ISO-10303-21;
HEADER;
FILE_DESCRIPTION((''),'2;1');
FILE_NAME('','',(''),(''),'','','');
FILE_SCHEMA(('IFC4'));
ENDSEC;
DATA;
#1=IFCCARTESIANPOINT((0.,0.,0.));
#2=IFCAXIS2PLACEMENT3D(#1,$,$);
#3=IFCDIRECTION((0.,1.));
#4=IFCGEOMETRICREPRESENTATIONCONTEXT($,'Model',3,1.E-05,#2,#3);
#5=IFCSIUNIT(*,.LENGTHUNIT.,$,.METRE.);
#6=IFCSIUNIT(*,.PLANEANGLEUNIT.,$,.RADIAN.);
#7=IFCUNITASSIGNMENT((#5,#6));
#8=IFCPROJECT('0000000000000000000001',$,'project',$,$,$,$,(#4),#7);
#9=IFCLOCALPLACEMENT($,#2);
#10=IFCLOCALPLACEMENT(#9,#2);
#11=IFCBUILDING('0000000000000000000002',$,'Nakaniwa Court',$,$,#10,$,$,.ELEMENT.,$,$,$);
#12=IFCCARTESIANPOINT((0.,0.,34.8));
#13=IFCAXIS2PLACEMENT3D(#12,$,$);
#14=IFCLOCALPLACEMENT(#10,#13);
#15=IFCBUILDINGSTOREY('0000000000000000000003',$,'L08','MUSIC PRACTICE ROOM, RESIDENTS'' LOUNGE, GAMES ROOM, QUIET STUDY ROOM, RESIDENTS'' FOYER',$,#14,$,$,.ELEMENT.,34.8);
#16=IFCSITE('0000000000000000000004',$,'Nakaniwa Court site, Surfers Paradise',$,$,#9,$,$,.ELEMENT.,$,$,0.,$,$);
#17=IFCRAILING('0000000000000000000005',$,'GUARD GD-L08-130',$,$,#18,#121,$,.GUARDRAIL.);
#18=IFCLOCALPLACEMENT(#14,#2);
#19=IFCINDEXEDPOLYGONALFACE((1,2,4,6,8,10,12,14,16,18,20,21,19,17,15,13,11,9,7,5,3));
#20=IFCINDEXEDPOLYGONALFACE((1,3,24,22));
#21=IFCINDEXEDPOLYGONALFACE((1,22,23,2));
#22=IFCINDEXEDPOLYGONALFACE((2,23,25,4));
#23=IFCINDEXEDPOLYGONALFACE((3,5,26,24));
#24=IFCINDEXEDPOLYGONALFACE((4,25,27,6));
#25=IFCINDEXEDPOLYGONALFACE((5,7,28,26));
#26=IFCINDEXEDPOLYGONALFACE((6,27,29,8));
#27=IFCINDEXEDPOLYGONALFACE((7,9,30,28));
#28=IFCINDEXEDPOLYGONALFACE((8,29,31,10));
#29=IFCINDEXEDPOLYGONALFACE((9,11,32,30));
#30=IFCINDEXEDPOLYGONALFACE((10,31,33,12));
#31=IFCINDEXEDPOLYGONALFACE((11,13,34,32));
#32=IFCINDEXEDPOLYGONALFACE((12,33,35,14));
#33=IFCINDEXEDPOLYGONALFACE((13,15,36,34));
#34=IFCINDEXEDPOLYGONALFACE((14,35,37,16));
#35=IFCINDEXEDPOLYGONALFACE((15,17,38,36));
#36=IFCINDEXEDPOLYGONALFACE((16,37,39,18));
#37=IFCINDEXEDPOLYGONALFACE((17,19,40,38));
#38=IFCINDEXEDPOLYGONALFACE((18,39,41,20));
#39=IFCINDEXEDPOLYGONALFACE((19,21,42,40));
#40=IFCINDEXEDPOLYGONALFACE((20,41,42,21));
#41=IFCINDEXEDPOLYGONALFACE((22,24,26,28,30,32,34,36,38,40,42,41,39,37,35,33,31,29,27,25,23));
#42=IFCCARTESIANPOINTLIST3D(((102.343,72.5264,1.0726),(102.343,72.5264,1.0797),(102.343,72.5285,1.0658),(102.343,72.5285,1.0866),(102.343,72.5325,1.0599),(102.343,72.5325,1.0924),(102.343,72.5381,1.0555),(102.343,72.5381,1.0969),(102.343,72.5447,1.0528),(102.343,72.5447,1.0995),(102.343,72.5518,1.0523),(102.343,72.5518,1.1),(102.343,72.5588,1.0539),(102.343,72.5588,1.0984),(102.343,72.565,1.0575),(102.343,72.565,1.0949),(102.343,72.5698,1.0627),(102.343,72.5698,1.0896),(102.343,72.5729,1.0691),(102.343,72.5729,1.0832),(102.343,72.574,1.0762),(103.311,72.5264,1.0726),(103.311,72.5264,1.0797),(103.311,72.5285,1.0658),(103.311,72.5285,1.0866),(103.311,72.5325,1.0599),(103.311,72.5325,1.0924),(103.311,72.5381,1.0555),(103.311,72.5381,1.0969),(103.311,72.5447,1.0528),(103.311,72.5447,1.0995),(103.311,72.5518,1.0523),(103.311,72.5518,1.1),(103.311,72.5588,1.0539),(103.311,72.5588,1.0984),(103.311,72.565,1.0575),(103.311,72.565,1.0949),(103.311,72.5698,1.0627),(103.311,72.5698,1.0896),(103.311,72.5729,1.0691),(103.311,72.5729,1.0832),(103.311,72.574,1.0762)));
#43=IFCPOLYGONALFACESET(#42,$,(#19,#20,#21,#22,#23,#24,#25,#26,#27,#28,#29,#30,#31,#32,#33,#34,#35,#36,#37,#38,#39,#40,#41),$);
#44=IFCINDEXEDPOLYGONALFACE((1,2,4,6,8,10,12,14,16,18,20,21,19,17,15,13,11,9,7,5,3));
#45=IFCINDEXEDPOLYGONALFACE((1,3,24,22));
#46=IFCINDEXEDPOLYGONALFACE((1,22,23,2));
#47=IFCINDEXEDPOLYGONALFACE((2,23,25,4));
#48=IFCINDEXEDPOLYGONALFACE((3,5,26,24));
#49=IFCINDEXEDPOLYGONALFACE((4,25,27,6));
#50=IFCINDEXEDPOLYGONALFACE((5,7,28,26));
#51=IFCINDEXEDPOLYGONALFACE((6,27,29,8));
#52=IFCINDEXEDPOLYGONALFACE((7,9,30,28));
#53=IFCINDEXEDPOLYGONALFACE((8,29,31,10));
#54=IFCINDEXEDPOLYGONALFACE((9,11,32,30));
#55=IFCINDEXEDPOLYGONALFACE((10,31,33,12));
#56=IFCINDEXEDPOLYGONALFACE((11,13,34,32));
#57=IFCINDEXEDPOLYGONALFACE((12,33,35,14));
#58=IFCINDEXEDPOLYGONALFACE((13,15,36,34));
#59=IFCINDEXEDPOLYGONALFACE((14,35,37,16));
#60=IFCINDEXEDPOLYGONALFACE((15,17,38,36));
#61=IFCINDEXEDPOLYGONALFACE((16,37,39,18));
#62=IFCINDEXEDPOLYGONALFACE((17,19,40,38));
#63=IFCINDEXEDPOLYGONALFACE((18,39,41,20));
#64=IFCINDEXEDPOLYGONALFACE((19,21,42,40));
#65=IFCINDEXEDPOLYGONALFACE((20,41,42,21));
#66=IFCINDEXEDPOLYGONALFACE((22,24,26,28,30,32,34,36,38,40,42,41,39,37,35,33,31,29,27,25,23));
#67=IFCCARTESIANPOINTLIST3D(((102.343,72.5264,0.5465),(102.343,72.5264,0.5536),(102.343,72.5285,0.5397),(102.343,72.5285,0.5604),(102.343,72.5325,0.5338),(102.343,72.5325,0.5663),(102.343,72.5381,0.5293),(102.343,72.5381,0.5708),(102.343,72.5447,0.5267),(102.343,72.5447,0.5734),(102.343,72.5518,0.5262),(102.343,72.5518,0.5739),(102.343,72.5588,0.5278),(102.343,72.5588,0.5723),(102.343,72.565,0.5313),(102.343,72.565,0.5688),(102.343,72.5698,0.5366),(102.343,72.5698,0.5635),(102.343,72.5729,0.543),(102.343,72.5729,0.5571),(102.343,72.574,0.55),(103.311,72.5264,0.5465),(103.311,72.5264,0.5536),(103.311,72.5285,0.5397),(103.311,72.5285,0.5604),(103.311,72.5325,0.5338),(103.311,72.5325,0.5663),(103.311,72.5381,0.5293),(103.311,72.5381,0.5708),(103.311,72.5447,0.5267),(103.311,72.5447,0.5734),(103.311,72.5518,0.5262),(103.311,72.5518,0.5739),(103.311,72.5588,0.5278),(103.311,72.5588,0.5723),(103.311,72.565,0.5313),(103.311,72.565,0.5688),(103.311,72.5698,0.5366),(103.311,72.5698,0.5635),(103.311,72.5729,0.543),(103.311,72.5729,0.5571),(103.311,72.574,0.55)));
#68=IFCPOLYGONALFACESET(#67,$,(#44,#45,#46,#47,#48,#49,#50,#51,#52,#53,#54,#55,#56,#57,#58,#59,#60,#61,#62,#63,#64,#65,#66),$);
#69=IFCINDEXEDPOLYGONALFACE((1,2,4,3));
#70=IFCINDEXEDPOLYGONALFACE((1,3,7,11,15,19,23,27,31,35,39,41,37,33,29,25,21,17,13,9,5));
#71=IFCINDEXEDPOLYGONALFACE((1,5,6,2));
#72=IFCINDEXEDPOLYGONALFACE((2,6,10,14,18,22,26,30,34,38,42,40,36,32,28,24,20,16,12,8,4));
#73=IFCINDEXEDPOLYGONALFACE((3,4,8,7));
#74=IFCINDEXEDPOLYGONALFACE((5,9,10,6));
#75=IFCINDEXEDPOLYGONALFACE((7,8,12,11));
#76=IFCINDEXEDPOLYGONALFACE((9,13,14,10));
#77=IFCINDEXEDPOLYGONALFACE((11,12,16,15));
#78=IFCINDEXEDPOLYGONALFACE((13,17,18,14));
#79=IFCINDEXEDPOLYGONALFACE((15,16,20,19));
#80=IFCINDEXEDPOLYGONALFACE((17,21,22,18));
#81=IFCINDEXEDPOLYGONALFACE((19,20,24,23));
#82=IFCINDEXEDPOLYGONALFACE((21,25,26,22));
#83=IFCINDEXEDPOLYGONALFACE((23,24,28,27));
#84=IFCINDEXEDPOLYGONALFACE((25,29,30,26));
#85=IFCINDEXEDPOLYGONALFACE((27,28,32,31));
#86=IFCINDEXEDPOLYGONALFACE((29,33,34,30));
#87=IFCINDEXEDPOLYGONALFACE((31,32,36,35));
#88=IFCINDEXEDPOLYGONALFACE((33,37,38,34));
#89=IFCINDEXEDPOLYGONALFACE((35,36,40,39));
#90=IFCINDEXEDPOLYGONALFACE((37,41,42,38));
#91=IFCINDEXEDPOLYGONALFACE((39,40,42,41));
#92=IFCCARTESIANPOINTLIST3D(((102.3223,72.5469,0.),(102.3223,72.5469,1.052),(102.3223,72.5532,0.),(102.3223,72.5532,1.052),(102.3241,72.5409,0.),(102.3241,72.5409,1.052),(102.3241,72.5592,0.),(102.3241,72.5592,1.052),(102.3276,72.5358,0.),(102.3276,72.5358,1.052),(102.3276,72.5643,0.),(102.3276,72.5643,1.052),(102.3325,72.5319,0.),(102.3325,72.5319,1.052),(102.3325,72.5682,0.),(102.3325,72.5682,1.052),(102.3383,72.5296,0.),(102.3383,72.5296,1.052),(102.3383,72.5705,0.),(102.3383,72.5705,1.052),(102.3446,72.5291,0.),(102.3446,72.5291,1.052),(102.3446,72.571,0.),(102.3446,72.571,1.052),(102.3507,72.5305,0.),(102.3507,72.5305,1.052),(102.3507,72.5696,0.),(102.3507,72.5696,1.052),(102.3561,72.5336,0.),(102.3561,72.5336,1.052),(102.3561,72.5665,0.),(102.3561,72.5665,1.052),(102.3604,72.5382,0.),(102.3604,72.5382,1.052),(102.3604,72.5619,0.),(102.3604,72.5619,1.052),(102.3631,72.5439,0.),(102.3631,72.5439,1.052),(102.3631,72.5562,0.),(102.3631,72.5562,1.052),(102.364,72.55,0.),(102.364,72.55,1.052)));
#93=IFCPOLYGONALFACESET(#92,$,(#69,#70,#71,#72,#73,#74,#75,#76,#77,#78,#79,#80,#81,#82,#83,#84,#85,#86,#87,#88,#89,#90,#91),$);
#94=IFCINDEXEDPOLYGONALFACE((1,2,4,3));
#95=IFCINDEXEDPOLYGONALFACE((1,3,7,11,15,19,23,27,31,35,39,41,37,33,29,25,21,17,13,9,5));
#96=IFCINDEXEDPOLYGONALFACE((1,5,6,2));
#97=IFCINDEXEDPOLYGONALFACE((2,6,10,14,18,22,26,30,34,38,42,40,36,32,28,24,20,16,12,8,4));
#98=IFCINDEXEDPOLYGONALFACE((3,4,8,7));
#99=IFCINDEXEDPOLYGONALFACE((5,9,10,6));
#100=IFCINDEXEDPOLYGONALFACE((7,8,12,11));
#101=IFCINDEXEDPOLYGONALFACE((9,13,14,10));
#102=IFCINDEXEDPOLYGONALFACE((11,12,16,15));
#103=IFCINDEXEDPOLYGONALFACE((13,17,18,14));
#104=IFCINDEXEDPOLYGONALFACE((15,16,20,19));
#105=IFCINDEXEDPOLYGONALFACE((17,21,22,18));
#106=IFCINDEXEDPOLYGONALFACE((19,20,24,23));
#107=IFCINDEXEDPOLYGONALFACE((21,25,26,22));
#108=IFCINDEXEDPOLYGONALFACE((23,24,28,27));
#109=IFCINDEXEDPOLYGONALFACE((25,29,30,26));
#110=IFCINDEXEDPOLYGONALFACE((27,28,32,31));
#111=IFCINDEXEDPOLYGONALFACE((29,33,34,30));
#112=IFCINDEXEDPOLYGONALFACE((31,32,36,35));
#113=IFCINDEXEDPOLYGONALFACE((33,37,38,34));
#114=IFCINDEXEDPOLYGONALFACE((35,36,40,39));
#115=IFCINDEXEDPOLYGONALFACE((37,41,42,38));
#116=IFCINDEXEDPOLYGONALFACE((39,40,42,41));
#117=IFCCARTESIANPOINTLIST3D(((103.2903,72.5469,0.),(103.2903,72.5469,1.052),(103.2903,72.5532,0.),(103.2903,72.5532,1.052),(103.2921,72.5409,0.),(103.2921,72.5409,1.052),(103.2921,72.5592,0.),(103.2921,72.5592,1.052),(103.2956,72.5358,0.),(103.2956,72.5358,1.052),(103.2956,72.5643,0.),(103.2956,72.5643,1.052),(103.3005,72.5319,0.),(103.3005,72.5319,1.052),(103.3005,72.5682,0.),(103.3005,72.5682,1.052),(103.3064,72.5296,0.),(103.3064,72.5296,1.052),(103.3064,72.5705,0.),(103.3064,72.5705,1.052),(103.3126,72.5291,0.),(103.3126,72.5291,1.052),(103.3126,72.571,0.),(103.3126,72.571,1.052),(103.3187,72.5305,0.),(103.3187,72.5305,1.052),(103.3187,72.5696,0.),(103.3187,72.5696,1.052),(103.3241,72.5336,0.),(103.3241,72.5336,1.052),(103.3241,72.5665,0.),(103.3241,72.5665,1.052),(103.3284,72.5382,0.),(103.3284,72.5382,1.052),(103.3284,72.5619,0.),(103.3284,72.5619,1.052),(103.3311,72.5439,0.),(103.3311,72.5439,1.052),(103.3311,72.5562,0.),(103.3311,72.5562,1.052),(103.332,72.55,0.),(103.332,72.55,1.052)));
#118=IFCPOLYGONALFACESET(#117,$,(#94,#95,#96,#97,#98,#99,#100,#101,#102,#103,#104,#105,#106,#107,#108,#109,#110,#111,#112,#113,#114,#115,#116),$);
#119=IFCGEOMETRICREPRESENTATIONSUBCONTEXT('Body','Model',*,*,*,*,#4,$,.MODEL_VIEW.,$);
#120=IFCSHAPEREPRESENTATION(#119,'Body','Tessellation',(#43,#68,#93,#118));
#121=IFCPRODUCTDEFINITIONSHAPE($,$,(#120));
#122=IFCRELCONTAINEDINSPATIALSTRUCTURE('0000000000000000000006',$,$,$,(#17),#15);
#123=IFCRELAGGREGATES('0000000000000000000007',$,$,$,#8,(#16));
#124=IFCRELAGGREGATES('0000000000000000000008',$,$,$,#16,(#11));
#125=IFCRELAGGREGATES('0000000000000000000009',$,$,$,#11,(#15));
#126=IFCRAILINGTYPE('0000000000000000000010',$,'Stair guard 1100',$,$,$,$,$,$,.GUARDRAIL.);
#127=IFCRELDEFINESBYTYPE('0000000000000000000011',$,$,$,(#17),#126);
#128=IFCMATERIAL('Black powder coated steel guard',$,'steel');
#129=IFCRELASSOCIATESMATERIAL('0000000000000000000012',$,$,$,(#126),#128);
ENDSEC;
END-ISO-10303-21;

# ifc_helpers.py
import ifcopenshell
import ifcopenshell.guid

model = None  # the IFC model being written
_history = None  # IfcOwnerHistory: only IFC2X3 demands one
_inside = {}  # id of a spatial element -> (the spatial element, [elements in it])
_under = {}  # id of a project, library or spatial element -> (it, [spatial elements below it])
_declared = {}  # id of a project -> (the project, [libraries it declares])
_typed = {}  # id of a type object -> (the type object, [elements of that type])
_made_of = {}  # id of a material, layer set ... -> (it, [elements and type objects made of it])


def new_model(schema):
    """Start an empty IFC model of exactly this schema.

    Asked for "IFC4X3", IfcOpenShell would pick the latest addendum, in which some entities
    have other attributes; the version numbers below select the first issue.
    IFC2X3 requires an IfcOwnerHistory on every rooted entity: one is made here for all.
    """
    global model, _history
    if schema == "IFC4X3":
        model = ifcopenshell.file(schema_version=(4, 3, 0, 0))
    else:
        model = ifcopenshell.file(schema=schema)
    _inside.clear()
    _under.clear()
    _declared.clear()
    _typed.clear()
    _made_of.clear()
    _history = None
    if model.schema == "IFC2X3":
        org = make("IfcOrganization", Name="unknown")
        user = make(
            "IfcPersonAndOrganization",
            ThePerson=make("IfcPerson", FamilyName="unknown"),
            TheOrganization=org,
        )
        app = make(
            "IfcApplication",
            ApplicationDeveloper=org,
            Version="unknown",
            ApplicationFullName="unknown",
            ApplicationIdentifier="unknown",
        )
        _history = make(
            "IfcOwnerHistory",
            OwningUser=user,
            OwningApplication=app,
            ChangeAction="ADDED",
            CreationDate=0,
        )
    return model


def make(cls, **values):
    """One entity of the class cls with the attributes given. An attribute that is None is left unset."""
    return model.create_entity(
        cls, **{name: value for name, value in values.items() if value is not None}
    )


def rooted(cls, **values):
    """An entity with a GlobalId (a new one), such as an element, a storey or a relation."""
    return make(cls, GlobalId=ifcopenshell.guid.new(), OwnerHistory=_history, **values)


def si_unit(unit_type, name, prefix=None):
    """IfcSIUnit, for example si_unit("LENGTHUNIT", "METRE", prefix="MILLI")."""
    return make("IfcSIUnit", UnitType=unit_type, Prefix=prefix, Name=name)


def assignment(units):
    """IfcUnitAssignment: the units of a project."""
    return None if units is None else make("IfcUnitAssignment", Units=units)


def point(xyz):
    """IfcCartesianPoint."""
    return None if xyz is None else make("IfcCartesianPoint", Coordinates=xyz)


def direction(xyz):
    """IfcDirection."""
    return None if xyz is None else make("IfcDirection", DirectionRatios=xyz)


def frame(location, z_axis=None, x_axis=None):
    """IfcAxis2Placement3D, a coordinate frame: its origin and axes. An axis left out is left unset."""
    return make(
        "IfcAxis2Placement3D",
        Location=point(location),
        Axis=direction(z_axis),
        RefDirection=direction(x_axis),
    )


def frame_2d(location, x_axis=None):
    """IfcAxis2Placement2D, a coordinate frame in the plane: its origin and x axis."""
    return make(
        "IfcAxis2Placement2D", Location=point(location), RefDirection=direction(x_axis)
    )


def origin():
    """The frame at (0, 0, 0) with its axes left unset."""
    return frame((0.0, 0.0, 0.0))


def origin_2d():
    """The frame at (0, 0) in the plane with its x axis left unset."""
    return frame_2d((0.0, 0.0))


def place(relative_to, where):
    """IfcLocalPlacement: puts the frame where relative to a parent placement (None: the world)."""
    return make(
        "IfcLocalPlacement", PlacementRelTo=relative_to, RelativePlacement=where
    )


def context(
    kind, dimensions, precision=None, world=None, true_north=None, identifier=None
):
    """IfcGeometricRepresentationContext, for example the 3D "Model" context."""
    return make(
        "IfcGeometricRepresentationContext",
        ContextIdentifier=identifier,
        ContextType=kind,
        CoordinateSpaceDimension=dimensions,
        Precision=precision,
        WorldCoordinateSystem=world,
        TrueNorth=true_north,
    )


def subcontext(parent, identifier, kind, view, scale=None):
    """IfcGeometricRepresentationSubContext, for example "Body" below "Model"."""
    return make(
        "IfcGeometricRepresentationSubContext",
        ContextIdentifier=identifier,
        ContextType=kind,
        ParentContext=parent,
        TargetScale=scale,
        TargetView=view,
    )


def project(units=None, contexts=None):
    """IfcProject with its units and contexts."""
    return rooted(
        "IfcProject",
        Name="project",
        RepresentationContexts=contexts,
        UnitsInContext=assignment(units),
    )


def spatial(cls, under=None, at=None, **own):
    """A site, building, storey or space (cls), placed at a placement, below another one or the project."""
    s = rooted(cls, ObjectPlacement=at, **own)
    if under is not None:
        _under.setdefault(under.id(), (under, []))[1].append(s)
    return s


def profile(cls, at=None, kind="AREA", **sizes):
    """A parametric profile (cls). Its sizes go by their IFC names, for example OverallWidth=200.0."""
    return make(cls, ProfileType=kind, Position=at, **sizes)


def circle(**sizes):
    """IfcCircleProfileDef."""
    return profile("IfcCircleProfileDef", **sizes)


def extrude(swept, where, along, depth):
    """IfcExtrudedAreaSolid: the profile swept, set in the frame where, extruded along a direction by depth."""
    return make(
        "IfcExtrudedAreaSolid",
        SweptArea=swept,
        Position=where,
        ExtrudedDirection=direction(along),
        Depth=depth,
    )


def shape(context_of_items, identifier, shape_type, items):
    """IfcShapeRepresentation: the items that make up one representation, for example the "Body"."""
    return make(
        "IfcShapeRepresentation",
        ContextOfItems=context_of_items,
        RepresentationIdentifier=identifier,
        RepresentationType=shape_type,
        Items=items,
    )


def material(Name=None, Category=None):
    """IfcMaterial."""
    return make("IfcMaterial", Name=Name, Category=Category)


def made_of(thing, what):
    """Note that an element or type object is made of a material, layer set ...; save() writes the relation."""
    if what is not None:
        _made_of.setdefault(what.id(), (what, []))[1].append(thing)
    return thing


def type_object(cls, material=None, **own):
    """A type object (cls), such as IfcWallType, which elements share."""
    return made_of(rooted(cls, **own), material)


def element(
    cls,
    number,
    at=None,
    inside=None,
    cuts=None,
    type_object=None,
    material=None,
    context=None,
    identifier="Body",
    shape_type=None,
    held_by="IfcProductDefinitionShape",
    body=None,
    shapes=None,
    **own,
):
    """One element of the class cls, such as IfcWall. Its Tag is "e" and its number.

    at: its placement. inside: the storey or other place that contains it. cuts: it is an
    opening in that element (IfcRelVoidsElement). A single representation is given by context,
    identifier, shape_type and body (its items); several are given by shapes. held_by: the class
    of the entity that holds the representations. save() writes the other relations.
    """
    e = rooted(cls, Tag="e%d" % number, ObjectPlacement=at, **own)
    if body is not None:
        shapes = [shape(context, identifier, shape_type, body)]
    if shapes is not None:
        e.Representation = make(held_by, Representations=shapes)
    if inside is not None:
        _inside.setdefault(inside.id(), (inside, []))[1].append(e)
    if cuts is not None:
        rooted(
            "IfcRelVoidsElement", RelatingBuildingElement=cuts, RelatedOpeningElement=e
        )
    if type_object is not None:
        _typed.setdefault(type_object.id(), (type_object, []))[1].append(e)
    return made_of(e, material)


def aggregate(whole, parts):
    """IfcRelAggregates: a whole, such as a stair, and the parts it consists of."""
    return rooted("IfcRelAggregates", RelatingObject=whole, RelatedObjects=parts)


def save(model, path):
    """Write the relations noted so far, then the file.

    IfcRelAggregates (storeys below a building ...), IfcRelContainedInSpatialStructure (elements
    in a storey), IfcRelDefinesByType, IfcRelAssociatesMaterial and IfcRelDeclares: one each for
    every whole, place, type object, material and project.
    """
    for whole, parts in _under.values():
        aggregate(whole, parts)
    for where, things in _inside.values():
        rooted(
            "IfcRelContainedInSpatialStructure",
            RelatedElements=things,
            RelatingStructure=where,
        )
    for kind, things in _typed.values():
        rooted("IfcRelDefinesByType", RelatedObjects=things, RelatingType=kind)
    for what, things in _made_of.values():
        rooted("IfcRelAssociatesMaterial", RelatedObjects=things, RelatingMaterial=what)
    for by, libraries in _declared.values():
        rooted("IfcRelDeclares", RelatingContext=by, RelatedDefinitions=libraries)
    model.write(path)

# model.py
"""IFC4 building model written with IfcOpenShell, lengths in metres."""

from ifc_helpers import new_model, si_unit, direction, frame, origin, origin_2d, place, context, subcontext, project, spatial, circle, extrude, material, type_object, element, save


model = new_model("IFC4")

# Units and contexts
model_context = context("Model", 3, precision=1e-05, world=origin(), true_north=direction((0.0, 1.0)))
body_context = subcontext(model_context, "Body", "Model", "MODEL_VIEW")
ifc_project = project(units=[si_unit("LENGTHUNIT", "METRE"), si_unit("PLANEANGLEUNIT", "RADIAN")], contexts=[model_context])

# Site, building, storey
site_placement = place(None, origin())
site = spatial("IfcSite", under=ifc_project, at=site_placement, Name="Nakaniwa Court site, Surfers Paradise", CompositionType="ELEMENT", RefElevation=0.0)
building_placement = place(site_placement, origin())
building = spatial("IfcBuilding", under=site, at=building_placement, Name="Nakaniwa Court", CompositionType="ELEMENT")
storey_placement = place(building_placement, frame((0.0, 0.0, 34.8)))
storey = spatial("IfcBuildingStorey", under=building, at=storey_placement, Name="L08", Description="MUSIC PRACTICE ROOM, RESIDENTS' LOUNGE, GAMES ROOM, QUIET STUDY ROOM, RESIDENTS' FOYER", CompositionType="ELEMENT", Elevation=34.8)

# Railing
ifc_material_1 = material(Name="Black powder coated steel guard", Category="steel")
railing_type = type_object("IfcRailingType", Name="Stair guard 1100", PredefinedType="GUARDRAIL", material=ifc_material_1)
railing_1_placement = place(storey_placement, frame((102.343, 72.55, 0.0)))
element("IfcRailing", 1, at=railing_1_placement, inside=storey, type_object=railing_type, Name="GUARD GD-L08-130", PredefinedType="GUARDRAIL", context=body_context, shape_type="SweptSolid", body=[
    extrude(circle(Radius=0.0239, at=origin_2d()), frame((0.0, 0.0, 1.0762), z_axis=(1.0, 0.0, 0.0), x_axis=(0.0, 1.0, 0.0)), (0.0, 0.0, 1.0), 0.968),
    extrude(circle(Radius=0.0239, at=origin_2d()), frame((0.0, 0.0, 0.55), z_axis=(1.0, 0.0, 0.0), x_axis=(0.0, 1.0, 0.0)), (0.0, 0.0, 1.0), 0.968),
    extrude(circle(Radius=0.021, at=origin_2d()), origin(), (0.0, 0.0, 1.0), 1.052),
    extrude(circle(Radius=0.021, at=origin_2d()), frame((0.968, 0.0, 0.0)), (0.0, 0.0, 1.0), 1.052),
])

save(model, "model.ifc")
